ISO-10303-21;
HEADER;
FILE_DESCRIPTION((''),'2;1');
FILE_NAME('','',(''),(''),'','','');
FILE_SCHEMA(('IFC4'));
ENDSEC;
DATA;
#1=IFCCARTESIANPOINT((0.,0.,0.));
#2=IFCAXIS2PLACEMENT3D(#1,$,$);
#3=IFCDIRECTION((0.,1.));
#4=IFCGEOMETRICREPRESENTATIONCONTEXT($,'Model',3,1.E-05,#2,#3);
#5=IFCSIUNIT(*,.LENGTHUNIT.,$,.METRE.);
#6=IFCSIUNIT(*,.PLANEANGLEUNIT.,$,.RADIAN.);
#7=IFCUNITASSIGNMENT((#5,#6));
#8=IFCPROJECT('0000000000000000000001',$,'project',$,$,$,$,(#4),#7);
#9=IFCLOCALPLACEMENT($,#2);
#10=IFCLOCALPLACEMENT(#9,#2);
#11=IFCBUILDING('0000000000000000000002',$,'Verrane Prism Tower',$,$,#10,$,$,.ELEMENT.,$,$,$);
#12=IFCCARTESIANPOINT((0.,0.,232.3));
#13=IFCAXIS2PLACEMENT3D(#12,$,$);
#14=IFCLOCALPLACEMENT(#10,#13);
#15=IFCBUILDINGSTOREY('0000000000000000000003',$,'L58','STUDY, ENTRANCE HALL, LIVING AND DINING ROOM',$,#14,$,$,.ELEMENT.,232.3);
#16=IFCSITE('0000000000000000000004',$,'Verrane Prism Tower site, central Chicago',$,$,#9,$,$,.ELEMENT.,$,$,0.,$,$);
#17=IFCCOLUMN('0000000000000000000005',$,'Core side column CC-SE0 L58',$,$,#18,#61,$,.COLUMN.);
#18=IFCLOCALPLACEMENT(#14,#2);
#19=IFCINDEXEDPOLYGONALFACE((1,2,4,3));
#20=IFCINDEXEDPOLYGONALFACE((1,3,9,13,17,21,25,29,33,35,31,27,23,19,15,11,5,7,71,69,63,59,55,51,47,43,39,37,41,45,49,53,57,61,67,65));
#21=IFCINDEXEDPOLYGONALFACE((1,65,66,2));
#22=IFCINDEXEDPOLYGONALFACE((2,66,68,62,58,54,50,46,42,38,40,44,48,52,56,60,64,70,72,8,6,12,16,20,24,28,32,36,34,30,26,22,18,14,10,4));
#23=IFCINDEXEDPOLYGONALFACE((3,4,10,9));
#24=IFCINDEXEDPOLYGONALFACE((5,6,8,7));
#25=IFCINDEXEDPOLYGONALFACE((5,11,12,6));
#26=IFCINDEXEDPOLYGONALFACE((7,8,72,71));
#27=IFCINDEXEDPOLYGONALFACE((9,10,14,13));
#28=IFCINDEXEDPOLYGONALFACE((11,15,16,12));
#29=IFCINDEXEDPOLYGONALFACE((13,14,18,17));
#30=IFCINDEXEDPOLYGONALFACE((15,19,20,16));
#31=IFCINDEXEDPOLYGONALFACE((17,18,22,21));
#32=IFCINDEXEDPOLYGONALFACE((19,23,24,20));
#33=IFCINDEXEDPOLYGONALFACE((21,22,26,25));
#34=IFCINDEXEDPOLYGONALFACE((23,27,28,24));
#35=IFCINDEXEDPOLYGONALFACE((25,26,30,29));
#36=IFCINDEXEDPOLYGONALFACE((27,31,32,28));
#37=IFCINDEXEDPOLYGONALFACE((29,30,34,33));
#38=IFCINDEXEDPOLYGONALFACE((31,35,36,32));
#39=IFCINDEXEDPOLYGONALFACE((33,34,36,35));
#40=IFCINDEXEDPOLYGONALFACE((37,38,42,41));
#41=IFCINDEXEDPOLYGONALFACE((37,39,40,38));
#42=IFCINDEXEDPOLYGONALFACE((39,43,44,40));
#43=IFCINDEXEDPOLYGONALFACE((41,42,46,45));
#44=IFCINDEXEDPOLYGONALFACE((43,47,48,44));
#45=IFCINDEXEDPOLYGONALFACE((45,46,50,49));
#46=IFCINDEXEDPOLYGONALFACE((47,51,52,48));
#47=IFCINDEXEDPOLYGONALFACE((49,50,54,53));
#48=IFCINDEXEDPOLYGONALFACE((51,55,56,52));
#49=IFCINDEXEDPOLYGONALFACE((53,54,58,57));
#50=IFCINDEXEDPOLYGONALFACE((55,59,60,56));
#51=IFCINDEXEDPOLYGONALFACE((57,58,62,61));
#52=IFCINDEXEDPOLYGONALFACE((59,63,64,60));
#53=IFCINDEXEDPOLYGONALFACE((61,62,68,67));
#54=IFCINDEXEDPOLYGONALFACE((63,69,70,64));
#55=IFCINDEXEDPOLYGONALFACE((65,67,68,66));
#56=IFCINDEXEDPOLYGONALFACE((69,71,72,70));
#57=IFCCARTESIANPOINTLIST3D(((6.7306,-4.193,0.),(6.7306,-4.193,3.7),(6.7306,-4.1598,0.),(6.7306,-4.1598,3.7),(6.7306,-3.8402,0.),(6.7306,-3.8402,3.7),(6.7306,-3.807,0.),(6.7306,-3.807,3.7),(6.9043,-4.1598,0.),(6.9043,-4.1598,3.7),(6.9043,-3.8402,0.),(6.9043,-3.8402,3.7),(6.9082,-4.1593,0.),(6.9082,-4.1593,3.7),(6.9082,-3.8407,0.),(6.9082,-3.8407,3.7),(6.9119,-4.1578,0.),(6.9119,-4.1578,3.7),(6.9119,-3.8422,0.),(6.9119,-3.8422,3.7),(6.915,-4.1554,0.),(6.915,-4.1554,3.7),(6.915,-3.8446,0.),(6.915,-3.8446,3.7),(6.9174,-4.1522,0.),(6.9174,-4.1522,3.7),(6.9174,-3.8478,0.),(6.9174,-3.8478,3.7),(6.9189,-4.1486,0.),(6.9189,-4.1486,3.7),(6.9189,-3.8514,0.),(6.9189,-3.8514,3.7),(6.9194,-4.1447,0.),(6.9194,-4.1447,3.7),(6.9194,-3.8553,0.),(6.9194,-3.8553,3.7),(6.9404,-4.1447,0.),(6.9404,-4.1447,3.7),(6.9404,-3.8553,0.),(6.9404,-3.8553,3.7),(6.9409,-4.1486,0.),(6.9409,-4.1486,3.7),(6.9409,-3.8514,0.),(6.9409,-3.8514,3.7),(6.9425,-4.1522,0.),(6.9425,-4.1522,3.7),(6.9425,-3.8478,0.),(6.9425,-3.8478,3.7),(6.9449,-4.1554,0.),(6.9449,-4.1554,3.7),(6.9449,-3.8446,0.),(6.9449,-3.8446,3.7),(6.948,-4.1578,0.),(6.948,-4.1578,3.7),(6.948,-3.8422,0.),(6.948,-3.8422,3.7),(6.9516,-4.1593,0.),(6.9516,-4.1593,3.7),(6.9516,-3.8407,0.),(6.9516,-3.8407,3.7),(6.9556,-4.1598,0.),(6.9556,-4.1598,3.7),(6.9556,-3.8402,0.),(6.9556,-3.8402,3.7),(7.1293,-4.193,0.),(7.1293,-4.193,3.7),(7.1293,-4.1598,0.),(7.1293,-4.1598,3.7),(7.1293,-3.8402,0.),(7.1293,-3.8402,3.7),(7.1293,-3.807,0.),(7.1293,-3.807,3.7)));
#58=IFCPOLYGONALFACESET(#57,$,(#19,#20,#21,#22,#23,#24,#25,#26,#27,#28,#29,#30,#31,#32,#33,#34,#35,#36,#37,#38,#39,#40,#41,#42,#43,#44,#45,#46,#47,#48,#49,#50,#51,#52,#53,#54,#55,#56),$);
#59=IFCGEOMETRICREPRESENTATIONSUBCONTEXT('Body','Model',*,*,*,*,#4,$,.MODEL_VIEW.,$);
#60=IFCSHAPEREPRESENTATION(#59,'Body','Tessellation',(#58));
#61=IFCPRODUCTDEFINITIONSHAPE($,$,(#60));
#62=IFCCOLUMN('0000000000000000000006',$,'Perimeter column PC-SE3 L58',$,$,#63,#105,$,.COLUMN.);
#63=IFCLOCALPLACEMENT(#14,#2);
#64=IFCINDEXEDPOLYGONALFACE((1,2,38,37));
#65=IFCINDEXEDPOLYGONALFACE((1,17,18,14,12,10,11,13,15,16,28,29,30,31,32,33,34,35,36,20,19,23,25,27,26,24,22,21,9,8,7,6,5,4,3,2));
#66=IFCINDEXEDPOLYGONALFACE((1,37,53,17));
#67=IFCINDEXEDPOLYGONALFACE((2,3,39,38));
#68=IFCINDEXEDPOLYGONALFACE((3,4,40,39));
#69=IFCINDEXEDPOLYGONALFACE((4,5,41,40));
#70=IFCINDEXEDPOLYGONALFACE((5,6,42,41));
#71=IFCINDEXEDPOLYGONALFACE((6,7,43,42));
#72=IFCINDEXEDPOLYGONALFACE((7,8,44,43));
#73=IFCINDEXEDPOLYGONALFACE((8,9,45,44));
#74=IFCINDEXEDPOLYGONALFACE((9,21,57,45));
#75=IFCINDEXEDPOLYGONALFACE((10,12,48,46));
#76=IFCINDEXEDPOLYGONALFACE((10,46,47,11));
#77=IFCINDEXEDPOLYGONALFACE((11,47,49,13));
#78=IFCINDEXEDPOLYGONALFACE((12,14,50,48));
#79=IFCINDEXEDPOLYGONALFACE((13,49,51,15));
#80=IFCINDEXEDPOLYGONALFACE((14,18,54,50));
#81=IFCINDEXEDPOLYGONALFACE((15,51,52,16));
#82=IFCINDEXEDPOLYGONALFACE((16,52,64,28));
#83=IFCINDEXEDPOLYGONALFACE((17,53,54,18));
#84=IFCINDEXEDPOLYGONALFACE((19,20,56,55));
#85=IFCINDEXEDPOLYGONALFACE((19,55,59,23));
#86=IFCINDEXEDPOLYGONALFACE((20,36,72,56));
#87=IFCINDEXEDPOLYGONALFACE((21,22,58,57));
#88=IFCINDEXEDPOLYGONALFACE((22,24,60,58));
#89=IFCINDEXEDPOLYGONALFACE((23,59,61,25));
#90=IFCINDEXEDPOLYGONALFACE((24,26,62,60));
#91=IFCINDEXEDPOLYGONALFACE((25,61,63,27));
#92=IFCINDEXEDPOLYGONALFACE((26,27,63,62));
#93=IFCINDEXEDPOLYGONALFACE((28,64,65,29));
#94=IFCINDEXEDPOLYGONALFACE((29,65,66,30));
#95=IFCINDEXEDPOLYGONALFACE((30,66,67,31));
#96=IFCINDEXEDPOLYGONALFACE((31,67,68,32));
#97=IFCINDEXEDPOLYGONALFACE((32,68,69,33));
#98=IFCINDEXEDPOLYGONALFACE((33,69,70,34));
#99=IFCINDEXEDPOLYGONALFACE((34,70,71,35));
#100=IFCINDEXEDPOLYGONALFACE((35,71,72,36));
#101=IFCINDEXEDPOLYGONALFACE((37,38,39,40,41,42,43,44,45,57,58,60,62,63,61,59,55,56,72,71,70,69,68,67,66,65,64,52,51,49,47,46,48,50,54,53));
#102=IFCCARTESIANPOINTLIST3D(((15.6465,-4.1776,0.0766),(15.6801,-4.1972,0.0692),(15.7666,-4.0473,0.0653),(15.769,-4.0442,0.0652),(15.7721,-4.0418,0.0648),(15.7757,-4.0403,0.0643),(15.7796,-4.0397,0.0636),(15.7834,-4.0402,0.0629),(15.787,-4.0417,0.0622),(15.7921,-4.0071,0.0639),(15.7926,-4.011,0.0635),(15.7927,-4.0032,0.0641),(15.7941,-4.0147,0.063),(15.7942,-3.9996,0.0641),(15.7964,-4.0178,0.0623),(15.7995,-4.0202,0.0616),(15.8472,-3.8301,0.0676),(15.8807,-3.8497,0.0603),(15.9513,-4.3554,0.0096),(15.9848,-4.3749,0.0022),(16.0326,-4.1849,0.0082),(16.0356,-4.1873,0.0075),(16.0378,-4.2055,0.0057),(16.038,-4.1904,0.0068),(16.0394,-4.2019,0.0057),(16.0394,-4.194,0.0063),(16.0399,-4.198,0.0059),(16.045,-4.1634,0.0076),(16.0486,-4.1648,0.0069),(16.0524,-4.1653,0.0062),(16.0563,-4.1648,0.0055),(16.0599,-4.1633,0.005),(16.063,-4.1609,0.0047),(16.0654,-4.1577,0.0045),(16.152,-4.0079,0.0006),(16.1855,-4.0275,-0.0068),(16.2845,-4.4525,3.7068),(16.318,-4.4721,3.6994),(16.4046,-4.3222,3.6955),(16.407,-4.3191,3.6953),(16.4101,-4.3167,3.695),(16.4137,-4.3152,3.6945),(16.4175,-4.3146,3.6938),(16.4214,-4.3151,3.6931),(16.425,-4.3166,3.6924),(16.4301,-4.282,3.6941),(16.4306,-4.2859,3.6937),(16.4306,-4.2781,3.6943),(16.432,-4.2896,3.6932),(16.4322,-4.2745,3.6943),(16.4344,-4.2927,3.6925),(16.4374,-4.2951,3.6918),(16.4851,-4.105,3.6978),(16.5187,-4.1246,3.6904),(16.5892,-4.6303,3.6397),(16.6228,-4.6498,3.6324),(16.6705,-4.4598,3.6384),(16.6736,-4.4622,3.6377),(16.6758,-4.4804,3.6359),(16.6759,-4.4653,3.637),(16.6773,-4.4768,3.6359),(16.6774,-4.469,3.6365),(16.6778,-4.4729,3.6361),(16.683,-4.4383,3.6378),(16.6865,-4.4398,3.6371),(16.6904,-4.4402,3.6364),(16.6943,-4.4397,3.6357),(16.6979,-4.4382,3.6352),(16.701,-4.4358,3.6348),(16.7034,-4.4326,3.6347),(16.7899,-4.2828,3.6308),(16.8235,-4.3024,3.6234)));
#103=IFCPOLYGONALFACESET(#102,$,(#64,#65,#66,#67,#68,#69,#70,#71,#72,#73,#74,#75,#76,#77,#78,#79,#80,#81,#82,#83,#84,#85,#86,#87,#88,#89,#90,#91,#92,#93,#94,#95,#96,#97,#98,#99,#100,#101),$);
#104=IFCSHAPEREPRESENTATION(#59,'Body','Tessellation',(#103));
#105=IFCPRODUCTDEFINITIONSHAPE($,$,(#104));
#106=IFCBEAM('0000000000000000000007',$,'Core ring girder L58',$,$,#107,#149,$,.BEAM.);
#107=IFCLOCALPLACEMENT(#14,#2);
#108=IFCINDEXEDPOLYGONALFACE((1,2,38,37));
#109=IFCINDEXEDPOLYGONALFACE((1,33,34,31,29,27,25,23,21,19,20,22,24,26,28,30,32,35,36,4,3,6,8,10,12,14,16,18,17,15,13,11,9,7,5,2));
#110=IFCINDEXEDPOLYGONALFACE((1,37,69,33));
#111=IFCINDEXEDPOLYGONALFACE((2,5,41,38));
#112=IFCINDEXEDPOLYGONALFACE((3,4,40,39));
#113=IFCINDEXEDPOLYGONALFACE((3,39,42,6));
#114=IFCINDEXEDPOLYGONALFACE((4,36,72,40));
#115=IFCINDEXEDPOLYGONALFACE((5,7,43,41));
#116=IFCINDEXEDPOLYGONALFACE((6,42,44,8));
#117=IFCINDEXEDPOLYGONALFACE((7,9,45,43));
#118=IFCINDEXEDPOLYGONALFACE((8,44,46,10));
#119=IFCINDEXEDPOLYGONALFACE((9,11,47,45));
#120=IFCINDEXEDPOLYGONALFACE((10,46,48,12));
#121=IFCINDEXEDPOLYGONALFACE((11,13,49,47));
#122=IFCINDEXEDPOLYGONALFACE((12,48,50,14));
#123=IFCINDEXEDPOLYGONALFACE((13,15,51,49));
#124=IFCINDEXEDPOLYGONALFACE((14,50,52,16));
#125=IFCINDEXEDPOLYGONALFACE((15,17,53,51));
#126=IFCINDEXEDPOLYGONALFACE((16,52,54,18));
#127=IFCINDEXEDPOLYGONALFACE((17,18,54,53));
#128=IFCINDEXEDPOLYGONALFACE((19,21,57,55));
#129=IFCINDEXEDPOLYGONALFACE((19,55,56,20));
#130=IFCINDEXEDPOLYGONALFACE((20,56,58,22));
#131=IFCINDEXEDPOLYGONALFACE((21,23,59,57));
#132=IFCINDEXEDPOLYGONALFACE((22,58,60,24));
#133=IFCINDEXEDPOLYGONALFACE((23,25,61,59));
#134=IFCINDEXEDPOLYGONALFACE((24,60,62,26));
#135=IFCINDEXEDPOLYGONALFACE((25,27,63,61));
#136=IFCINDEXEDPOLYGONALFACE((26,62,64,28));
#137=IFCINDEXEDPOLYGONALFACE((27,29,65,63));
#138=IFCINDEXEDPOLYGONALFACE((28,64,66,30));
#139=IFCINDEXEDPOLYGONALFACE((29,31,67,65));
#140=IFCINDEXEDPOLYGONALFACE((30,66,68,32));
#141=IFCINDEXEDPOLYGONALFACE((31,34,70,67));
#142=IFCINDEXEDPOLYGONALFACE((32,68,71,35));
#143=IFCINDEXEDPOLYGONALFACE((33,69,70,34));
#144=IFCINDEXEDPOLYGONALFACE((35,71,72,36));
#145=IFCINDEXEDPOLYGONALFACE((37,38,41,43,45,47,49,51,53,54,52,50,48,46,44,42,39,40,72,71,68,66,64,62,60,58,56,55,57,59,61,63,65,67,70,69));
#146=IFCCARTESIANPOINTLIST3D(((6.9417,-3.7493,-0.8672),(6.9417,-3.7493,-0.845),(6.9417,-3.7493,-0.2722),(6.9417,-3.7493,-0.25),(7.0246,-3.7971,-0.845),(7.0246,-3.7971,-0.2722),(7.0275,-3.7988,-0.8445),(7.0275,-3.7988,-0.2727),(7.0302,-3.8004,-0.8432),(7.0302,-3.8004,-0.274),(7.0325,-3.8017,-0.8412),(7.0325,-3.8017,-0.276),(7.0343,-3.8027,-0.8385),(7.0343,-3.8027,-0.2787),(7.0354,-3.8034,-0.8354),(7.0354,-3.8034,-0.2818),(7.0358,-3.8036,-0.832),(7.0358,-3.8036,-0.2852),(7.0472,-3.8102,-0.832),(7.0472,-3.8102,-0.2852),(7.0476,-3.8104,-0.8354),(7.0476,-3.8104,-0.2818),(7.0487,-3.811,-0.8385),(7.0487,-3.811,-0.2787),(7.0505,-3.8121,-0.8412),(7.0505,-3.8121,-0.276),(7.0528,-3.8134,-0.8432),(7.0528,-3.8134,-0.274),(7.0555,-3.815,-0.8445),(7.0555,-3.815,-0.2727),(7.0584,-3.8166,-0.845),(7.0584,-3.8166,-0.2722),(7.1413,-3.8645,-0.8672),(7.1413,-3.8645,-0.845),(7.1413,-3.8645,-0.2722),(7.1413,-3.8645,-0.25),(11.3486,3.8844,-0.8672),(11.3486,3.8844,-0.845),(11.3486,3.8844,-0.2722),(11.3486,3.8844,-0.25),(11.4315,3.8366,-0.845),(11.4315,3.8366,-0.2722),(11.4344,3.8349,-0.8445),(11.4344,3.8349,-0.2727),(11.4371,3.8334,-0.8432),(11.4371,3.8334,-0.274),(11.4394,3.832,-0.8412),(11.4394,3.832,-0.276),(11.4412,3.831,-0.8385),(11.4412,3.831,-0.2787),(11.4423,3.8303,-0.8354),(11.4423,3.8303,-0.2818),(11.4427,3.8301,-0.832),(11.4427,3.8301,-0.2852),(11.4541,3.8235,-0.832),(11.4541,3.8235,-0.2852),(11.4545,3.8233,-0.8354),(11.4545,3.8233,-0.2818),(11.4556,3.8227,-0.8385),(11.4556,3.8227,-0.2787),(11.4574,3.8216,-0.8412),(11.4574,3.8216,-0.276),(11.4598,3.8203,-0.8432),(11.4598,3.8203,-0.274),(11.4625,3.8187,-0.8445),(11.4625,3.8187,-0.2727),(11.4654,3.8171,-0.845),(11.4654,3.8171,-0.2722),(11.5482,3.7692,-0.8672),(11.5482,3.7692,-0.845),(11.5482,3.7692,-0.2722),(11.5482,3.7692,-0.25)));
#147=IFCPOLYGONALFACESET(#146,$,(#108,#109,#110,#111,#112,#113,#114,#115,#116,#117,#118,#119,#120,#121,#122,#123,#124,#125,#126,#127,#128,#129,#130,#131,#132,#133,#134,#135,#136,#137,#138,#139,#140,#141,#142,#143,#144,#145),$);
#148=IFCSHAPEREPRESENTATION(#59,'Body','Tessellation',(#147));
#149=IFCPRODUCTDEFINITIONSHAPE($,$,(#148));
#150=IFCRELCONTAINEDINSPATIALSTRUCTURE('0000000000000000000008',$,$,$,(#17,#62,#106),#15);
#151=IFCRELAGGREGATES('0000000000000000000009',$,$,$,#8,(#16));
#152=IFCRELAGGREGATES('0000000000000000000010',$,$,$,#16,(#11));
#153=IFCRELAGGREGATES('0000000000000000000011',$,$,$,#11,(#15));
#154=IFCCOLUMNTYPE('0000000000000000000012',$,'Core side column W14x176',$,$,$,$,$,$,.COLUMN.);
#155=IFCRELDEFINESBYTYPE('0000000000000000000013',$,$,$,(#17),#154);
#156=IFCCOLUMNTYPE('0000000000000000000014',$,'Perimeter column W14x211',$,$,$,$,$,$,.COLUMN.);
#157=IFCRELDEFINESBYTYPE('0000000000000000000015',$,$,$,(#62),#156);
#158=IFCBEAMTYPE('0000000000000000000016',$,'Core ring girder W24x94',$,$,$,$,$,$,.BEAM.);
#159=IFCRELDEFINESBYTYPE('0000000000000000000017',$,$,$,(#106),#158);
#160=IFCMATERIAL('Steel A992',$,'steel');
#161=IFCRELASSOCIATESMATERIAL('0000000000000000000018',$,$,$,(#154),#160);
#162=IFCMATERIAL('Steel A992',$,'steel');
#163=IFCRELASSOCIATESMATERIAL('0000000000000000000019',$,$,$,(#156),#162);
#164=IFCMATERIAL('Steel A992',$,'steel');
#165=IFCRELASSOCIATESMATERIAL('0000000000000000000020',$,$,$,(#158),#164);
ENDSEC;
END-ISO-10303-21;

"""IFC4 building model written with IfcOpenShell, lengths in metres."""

from ifc_helpers import new_model, si_unit, direction, frame, origin, origin_2d, place, context, subcontext, project, spatial, i_section, extrude, material, material_profile, profile_set, type_object, element, save


model = new_model("IFC4")

# Units and contexts
model_context = context("Model", 3, precision=1e-05, world=origin(), true_north=direction((0.0, 1.0)))
body_context = subcontext(model_context, "Body", "Model", "MODEL_VIEW")
ifc_project = project(units=[si_unit("LENGTHUNIT", "METRE"), si_unit("PLANEANGLEUNIT", "RADIAN")], contexts=[model_context])

# Site, building, storey
site_placement = place(None, origin())
site = spatial("IfcSite", under=ifc_project, at=site_placement, Name="Verrane Prism Tower site, central Chicago", CompositionType="ELEMENT", RefElevation=0.0)
building_placement = place(site_placement, origin())
building = spatial("IfcBuilding", under=site, at=building_placement, Name="Verrane Prism Tower", CompositionType="ELEMENT")
storey_placement = place(building_placement, frame((0.0, 0.0, 232.3)))
storey = spatial("IfcBuildingStorey", under=building, at=storey_placement, Name="L58", Description="STUDY, ENTRANCE HALL, LIVING AND DINING ROOM", CompositionType="ELEMENT", Elevation=232.3)

# Columns
ifc_material_1 = material(Name="Steel A992", Category="steel")
ifc_material_profile_1 = material_profile(ifc_material_1, i_section(OverallWidth=0.3987, OverallDepth=0.386, WebThickness=0.021, FlangeThickness=0.0332, FilletRadius=0.0151, at=origin_2d()), Name="W14x176")
ifc_profile_set_1 = profile_set([ifc_material_profile_1], Name="Steel A992")
column_type_1 = type_object("IfcColumnType", Name="Core side column W14x176", PredefinedType="COLUMN", material=ifc_profile_set_1)
column_1_placement = place(storey_placement, frame((6.9299, -4.0, 0.0), z_axis=(0.0, 0.0, 1.0), x_axis=(1.0, 0.0, 0.0)))
element("IfcColumn", 1, at=column_1_placement, inside=storey, type_object=column_type_1, Name="Core side column CC-SE0 L58", PredefinedType="COLUMN", context=body_context, shape_type="SweptSolid", body=[
    extrude(i_section(OverallWidth=0.3987, OverallDepth=0.386, WebThickness=0.021, FlangeThickness=0.0332, FilletRadius=0.0151, at=origin_2d()), origin(), (0.0, 0.0, 1.0), 3.7),
])
ifc_material_2 = material(Name="Steel A992", Category="steel")
ifc_material_profile_2 = material_profile(ifc_material_2, i_section(OverallWidth=0.4014, OverallDepth=0.3987, WebThickness=0.0249, FlangeThickness=0.0396, FilletRadius=0.0151, at=origin_2d()), Name="W14x211")
ifc_profile_set_2 = profile_set([ifc_material_profile_2], Name="Steel A992")
column_type_2 = type_object("IfcColumnType", Name="Perimeter column W14x211", PredefinedType="COLUMN", material=ifc_profile_set_2)
column_2_placement = place(storey_placement, frame((15.916, -4.1025, 0.0349), z_axis=(0.172603, -0.074378, 0.982179), x_axis=(-0.499987, -0.865746, 0.022304)))
element("IfcColumn", 2, at=column_2_placement, inside=storey, type_object=column_type_2, Name="Perimeter column PC-SE3 L58", PredefinedType="COLUMN", context=body_context, shape_type="SweptSolid", body=[
    extrude(i_section(OverallWidth=0.4014, OverallDepth=0.3987, WebThickness=0.0249, FlangeThickness=0.0396, FilletRadius=0.0151, at=origin_2d()), origin(), (0.0, 0.0, 1.0), 3.696),
])

# Beam
ifc_material_3 = material(Name="Steel A992", Category="steel")
ifc_material_profile_3 = material_profile(ifc_material_3, i_section(OverallWidth=0.2305, OverallDepth=0.6172, WebThickness=0.0132, FlangeThickness=0.0222, FilletRadius=0.0129, at=origin_2d()), Name="W24x94")
ifc_profile_set_3 = profile_set([ifc_material_profile_3], Name="Steel A992")
beam_type_1 = type_object("IfcBeamType", Name="Core ring girder W24x94", PredefinedType="BEAM", material=ifc_profile_set_3)
beam_1_placement = place(storey_placement, frame((7.0415, -3.8069, -0.5586), z_axis=(0.499967, 0.866044, 0.0), x_axis=(-0.866044, 0.499967, 0.0)))
element("IfcBeam", 3, at=beam_1_placement, inside=storey, type_object=beam_type_1, Name="Core ring girder L58", PredefinedType="BEAM", context=body_context, shape_type="SweptSolid", body=[
    extrude(i_section(OverallWidth=0.2305, OverallDepth=0.6172, WebThickness=0.0132, FlangeThickness=0.0222, FilletRadius=0.0129, at=origin_2d()), origin(), (0.0, 0.0, 1.0), 8.8145),
])

save(model, "model.ifc")
